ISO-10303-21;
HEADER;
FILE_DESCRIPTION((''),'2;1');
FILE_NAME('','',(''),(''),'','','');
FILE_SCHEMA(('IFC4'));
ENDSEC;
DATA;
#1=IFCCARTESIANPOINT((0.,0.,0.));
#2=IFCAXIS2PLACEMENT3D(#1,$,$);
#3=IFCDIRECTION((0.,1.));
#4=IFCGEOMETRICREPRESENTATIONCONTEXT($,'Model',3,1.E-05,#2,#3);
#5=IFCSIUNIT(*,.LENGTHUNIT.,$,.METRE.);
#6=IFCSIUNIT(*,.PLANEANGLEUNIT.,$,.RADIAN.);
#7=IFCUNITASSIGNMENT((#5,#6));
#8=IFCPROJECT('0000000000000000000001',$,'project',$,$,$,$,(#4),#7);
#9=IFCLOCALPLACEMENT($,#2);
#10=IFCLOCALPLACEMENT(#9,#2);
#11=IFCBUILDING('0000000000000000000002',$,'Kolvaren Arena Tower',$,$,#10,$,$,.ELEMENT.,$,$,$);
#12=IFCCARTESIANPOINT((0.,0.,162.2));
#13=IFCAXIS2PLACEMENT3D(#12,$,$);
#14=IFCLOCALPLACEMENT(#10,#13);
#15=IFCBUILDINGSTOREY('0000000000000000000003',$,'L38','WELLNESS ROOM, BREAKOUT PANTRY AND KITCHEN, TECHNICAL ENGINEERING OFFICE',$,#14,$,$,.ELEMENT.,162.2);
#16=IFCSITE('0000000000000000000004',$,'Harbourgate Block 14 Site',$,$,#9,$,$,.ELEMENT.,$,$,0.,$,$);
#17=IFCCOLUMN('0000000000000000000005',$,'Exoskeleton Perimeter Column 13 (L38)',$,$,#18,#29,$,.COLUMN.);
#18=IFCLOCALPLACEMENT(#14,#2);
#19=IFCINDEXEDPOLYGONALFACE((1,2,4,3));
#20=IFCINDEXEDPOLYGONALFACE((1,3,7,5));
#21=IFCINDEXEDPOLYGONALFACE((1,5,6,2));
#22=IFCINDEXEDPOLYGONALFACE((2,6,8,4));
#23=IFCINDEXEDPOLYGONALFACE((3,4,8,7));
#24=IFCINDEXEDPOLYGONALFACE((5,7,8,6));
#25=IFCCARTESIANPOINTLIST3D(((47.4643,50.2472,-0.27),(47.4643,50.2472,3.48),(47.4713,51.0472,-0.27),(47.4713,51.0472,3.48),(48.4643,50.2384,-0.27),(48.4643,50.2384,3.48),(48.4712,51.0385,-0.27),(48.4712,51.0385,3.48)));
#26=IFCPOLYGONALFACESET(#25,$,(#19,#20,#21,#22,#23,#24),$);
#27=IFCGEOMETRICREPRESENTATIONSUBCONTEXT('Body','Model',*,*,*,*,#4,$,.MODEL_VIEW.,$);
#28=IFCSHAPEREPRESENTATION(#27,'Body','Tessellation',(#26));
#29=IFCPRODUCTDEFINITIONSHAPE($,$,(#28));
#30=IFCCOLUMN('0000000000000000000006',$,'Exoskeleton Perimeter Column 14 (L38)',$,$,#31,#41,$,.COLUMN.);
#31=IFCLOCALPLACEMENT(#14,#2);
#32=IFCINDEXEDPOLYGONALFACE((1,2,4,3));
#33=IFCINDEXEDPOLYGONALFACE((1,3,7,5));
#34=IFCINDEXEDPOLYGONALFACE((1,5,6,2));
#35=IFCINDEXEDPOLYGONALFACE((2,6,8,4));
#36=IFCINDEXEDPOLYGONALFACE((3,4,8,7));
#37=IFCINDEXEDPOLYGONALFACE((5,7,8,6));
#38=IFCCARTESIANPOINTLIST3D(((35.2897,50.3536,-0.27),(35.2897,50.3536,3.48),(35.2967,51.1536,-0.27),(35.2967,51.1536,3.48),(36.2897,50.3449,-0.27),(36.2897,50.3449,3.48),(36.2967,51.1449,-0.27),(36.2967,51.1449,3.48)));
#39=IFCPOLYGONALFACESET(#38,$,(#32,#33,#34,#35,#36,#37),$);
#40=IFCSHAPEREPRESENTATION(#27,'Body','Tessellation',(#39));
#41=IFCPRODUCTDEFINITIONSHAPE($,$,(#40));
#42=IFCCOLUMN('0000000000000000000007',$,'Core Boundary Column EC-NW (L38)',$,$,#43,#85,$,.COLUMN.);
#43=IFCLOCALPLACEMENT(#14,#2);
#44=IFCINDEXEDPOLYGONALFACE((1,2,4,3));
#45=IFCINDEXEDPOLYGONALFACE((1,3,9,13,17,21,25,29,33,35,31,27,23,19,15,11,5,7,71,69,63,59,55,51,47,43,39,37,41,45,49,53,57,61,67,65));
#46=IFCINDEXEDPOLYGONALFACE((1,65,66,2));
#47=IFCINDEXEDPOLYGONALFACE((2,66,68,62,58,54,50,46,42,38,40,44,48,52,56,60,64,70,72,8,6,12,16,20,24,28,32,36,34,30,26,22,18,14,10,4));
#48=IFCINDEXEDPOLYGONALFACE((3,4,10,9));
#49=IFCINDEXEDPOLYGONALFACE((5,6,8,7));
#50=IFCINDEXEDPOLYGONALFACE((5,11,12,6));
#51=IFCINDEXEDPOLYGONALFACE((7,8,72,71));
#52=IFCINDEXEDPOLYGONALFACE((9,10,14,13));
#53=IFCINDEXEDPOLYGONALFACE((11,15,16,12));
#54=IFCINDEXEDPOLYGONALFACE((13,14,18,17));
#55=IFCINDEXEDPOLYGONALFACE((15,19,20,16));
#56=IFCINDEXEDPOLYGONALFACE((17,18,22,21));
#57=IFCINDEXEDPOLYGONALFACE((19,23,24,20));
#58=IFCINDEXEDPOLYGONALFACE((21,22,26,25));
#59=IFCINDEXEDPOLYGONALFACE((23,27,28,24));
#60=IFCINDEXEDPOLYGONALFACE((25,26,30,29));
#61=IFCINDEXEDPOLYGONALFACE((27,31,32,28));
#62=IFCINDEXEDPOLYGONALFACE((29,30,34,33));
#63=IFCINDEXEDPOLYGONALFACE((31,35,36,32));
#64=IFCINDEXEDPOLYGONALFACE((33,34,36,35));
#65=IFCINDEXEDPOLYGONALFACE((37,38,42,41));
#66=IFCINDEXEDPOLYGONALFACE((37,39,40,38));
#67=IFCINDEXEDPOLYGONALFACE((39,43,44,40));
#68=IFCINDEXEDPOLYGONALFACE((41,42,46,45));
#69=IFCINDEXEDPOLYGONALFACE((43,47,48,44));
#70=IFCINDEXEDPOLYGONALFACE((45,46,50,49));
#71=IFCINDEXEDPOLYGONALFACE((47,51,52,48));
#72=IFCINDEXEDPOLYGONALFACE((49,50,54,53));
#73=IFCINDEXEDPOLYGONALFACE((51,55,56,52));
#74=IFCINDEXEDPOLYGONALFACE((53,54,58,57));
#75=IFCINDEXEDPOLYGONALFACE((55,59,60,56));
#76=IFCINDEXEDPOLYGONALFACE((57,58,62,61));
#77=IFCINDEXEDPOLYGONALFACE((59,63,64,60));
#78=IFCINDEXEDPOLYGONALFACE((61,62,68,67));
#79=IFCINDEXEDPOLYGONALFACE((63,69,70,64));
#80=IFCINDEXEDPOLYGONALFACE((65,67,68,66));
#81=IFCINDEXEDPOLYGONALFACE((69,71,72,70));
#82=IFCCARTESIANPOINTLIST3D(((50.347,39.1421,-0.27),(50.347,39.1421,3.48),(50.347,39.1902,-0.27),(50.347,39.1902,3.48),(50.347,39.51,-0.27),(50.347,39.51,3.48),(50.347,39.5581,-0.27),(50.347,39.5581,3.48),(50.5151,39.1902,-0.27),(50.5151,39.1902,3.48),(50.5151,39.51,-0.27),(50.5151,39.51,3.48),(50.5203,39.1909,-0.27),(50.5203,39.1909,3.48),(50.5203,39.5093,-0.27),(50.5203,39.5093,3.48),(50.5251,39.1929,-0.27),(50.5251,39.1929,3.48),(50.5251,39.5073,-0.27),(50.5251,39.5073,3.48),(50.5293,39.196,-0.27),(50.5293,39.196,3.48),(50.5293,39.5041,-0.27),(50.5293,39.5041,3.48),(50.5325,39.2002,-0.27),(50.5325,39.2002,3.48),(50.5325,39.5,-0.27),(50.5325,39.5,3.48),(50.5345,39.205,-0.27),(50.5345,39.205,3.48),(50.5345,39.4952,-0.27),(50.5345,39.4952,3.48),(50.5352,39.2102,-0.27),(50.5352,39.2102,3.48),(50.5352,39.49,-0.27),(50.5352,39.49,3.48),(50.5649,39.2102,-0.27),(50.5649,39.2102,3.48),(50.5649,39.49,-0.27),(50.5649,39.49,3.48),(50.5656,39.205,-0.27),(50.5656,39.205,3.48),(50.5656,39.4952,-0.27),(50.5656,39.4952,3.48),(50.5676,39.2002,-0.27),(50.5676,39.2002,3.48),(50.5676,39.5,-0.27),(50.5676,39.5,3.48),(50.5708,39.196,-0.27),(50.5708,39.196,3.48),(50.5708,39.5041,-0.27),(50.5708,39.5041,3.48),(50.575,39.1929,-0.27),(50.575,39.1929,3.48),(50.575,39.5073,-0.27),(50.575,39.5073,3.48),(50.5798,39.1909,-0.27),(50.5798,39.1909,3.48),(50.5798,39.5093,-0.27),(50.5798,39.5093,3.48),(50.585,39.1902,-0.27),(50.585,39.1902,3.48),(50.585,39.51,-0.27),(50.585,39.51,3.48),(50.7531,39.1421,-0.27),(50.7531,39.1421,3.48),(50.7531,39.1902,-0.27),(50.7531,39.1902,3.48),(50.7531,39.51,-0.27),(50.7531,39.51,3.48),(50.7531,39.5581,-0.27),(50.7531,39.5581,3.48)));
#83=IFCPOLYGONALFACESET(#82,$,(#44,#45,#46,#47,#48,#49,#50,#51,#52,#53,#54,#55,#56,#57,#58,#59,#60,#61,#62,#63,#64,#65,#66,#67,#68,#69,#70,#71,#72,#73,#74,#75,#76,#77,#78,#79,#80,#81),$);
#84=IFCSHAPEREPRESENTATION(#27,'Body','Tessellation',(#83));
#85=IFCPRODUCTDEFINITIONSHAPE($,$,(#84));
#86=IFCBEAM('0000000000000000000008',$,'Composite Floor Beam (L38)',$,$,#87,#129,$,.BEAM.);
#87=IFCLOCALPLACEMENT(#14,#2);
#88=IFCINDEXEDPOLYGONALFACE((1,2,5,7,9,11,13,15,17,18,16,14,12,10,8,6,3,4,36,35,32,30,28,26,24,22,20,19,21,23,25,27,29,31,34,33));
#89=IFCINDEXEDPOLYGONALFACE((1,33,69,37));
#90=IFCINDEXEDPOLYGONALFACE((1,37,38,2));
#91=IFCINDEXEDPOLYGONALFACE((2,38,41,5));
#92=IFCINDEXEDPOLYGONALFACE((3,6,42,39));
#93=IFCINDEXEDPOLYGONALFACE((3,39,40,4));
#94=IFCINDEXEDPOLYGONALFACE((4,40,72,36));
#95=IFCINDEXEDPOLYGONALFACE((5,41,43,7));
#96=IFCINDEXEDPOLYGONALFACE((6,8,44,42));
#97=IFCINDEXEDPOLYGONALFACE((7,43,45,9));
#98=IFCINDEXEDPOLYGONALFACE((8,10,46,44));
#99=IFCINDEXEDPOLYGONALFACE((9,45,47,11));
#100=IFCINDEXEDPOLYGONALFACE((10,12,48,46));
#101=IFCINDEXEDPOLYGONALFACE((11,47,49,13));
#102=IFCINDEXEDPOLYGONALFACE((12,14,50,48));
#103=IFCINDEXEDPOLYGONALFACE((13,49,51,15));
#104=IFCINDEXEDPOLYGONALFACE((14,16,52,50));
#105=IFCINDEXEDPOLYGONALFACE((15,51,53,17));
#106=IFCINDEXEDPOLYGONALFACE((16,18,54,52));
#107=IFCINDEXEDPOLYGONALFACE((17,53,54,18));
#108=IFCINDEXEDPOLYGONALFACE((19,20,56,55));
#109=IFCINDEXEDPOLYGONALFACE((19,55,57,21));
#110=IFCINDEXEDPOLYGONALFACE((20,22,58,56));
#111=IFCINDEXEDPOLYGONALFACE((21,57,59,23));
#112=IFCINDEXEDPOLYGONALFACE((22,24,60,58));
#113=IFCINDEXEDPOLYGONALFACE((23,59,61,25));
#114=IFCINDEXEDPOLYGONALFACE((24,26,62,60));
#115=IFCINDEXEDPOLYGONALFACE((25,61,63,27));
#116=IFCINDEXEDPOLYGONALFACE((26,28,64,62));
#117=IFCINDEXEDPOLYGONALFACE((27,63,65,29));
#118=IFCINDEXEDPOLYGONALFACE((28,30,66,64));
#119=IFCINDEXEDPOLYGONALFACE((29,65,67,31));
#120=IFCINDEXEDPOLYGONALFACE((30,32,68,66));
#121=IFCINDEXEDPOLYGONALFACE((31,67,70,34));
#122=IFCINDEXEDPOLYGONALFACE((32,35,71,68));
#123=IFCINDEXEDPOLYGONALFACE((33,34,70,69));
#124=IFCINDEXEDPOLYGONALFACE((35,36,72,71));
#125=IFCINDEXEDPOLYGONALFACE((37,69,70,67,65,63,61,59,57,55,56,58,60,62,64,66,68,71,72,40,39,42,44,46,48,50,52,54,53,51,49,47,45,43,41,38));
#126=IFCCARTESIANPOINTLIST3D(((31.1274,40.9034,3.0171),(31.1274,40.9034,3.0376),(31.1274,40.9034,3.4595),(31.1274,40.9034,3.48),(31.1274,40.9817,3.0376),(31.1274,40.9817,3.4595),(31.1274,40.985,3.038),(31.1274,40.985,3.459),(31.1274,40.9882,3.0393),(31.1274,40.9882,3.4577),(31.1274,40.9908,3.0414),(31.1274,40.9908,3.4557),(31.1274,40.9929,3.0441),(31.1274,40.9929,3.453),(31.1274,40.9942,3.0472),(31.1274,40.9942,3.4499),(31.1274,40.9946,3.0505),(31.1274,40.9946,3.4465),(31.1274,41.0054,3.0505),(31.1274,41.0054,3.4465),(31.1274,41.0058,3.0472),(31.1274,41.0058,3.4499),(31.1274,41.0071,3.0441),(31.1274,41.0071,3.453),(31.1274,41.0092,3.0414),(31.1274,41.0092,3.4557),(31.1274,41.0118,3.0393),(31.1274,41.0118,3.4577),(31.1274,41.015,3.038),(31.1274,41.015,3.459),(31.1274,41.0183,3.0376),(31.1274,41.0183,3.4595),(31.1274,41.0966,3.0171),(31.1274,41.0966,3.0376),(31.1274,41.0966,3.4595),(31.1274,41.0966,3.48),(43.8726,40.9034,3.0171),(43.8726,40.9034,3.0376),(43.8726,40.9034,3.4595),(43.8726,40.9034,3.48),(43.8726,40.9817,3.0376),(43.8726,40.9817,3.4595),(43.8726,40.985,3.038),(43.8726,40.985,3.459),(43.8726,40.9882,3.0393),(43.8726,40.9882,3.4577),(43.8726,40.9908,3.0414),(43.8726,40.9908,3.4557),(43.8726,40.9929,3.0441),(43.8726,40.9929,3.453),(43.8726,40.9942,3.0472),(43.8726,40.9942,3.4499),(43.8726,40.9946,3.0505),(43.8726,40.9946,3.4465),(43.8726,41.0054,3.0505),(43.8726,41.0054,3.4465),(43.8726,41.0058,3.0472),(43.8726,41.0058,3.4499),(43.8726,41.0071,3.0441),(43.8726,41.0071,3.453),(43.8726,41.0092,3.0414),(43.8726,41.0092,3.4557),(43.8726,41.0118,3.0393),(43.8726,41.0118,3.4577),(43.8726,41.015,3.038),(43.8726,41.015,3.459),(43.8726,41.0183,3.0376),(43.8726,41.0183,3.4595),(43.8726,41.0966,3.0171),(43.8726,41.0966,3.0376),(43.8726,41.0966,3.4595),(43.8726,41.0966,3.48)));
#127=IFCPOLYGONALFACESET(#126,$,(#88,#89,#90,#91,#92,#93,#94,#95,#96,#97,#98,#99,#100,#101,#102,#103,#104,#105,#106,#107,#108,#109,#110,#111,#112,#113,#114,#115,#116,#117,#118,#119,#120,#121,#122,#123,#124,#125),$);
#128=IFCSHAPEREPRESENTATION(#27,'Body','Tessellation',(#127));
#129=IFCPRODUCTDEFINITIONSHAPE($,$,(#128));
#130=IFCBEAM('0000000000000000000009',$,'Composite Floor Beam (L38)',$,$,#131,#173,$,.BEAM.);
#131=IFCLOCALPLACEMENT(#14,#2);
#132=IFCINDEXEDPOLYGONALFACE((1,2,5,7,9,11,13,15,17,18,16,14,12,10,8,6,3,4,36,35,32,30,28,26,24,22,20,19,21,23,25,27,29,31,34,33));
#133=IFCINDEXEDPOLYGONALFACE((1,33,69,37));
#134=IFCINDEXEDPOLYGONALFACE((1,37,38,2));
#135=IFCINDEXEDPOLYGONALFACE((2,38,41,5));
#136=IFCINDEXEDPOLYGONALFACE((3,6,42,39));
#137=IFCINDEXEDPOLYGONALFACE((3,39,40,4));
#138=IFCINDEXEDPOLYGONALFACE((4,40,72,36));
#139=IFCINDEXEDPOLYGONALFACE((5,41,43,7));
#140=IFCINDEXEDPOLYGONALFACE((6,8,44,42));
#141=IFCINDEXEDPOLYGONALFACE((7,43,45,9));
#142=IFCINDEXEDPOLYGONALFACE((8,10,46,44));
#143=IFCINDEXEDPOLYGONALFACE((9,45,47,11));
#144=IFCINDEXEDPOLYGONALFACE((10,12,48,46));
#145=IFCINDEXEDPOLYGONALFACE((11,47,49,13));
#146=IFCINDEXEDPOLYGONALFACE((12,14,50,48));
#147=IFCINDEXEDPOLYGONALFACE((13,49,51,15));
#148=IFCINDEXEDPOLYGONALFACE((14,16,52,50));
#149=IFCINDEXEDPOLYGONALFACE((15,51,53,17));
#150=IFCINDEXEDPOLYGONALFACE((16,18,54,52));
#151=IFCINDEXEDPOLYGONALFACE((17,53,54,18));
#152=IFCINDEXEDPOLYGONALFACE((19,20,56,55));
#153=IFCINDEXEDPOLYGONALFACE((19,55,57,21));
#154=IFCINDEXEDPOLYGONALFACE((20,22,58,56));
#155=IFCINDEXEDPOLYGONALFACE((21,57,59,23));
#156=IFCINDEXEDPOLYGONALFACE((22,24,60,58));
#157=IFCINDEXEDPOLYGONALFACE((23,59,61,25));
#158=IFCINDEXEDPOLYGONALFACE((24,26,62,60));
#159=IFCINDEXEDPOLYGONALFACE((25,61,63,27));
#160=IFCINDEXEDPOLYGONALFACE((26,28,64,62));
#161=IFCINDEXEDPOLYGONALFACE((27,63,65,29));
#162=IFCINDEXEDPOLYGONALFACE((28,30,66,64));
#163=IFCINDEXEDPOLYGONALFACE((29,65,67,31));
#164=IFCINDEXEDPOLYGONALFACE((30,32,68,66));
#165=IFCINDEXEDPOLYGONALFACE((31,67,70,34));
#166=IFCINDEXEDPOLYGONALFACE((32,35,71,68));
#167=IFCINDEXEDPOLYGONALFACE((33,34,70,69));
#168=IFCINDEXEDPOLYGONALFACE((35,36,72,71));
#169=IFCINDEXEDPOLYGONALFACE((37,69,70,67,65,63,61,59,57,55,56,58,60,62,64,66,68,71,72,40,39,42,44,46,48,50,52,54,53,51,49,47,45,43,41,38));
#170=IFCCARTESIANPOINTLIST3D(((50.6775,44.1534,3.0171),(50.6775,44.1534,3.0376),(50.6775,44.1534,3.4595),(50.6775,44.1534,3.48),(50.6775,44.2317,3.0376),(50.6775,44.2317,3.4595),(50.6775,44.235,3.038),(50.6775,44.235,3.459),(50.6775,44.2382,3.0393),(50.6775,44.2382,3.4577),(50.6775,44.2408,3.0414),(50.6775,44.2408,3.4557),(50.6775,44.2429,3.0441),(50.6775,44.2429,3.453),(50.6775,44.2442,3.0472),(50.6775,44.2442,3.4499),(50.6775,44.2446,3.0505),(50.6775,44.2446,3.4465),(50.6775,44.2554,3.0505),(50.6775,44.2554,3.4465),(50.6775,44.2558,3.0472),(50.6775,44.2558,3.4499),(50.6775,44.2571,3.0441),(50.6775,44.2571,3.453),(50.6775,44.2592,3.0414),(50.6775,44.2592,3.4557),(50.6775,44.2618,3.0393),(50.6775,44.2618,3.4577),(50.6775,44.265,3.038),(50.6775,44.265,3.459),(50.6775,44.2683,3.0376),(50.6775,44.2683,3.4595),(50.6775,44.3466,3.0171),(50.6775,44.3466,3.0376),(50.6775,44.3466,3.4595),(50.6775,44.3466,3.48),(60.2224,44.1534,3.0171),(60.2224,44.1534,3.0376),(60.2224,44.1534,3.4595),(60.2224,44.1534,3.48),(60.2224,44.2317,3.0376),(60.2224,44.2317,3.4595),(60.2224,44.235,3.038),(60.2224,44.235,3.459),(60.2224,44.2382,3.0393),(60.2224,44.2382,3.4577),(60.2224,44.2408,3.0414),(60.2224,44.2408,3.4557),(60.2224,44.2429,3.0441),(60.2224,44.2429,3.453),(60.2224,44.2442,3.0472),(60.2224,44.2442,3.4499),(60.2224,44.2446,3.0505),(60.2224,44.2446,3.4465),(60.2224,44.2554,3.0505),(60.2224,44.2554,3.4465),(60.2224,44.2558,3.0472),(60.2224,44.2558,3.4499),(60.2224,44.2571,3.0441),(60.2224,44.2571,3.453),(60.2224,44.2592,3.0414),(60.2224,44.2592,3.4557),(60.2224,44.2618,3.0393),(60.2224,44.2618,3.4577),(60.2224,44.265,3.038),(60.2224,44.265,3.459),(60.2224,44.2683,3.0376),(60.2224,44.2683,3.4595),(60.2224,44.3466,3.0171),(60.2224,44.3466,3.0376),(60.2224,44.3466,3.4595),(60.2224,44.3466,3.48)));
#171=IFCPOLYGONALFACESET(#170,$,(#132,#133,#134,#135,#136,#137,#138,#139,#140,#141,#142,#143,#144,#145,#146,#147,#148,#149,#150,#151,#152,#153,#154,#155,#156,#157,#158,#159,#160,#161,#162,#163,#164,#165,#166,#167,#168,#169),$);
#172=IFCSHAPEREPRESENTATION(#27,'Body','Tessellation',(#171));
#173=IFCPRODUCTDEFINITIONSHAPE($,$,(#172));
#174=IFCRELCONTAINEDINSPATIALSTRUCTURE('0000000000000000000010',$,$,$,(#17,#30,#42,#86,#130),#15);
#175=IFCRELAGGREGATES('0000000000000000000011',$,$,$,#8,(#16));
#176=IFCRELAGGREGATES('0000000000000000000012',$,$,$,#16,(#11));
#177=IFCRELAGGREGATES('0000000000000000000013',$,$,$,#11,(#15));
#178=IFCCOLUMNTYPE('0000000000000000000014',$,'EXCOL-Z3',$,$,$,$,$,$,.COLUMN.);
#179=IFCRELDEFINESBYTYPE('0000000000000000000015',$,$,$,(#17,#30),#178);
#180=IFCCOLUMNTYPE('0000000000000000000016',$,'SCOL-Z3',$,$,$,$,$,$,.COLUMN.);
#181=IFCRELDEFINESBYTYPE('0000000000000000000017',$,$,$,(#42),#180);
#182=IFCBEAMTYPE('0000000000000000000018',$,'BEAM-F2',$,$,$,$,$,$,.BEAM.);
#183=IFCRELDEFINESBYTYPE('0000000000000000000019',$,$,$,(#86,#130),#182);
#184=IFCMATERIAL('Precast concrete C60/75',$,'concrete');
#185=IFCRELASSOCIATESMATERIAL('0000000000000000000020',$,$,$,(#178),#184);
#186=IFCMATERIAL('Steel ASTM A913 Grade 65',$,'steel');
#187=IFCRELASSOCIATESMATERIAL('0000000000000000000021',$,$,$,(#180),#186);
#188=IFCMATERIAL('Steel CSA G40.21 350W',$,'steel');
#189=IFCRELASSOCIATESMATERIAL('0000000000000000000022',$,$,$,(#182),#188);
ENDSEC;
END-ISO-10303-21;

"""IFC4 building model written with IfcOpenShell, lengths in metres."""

from ifc_helpers import new_model, si_unit, direction, frame, origin, origin_2d, place, context, subcontext, project, spatial, rectangle, i_section, extrude, material, material_profile, profile_set, type_object, element, save


model = new_model("IFC4")

# Units and contexts
model_context = context("Model", 3, precision=1e-05, world=origin(), true_north=direction((0.0, 1.0)))
body_context = subcontext(model_context, "Body", "Model", "MODEL_VIEW")
ifc_project = project(units=[si_unit("LENGTHUNIT", "METRE"), si_unit("PLANEANGLEUNIT", "RADIAN")], contexts=[model_context])

# Site, building, storey
site_placement = place(None, origin())
site = spatial("IfcSite", under=ifc_project, at=site_placement, Name="Harbourgate Block 14 Site", CompositionType="ELEMENT", RefElevation=0.0)
building_placement = place(site_placement, origin())
building = spatial("IfcBuilding", under=site, at=building_placement, Name="Kolvaren Arena Tower", CompositionType="ELEMENT")
storey_placement = place(building_placement, frame((0.0, 0.0, 162.2)))
storey = spatial("IfcBuildingStorey", under=building, at=storey_placement, Name="L38", Description="WELLNESS ROOM, BREAKOUT PANTRY AND KITCHEN, TECHNICAL ENGINEERING OFFICE", CompositionType="ELEMENT", Elevation=162.2)

# Columns
ifc_material_1 = material(Name="Precast concrete C60/75", Category="concrete")
ifc_material_profile_1 = material_profile(ifc_material_1, rectangle(XDim=1.0, YDim=0.8, at=origin_2d()), Name="RC-1000x800")
ifc_profile_set_1 = profile_set([ifc_material_profile_1], Name="Precast concrete C60/75")
column_type_1 = type_object("IfcColumnType", Name="EXCOL-Z3", PredefinedType="COLUMN", material=ifc_profile_set_1)
for number, where, z_axis, x_axis, name in (
    (1, (47.9678, 50.6428, -0.27), (0.0, 0.0, 1.0), (0.999962, -0.008727, 0.0), "Exoskeleton Perimeter Column 13 (L38)"),
    (2, (35.7932, 50.7493, -0.27), (0.0, 0.0, 1.0), (0.999962, -0.008727, 0.0), "Exoskeleton Perimeter Column 14 (L38)"),
):
    element("IfcColumn", number, at=place(storey_placement, frame(where, z_axis=z_axis, x_axis=x_axis)), inside=storey, type_object=column_type_1, Name=name, PredefinedType="COLUMN", context=body_context, shape_type="SweptSolid", body=[
        extrude(rectangle(XDim=1.0, YDim=0.8, at=origin_2d()), origin(), (0.0, 0.0, 1.0), 3.75),
    ])
ifc_material_2 = material(Name="Steel ASTM A913 Grade 65", Category="steel")
ifc_material_profile_2 = material_profile(ifc_material_2, i_section(OverallWidth=0.406, OverallDepth=0.416, WebThickness=0.0298, FlangeThickness=0.0481, FilletRadius=0.02, at=origin_2d()), Name="W360x382")
ifc_profile_set_2 = profile_set([ifc_material_profile_2], Name="Steel ASTM A913 Grade 65")
column_type_2 = type_object("IfcColumnType", Name="SCOL-Z3", PredefinedType="COLUMN", material=ifc_profile_set_2)
column_placement = place(storey_placement, frame((50.55, 39.3501, -0.27), z_axis=(0.0, 0.0, 1.0), x_axis=(1.0, 0.0, 0.0)))
element("IfcColumn", 3, at=column_placement, inside=storey, type_object=column_type_2, Name="Core Boundary Column EC-NW (L38)", PredefinedType="COLUMN", context=body_context, shape_type="SweptSolid", body=[
    extrude(i_section(OverallWidth=0.406, OverallDepth=0.416, WebThickness=0.0298, FlangeThickness=0.0481, FilletRadius=0.02, at=origin_2d()), origin(), (0.0, 0.0, 1.0), 3.75),
])

# Beams
ifc_material_3 = material(Name="Steel CSA G40.21 350W", Category="steel")
ifc_material_profile_3 = material_profile(ifc_material_3, i_section(OverallWidth=0.1931, OverallDepth=0.4629, WebThickness=0.0107, FlangeThickness=0.0205, FilletRadius=0.0129, at=origin_2d()), Name="W460x113")
ifc_profile_set_3 = profile_set([ifc_material_profile_3], Name="Steel CSA G40.21 350W")
beam_type_1 = type_object("IfcBeamType", Name="BEAM-F2", PredefinedType="BEAM", material=ifc_profile_set_3)
beam_1_placement = place(storey_placement, frame((31.1274, 41.0, 3.2485), z_axis=(1.0, 0.0, 0.0), x_axis=(0.0, 1.0, 0.0)))
element("IfcBeam", 4, at=beam_1_placement, inside=storey, type_object=beam_type_1, Name="Composite Floor Beam (L38)", PredefinedType="BEAM", context=body_context, shape_type="SweptSolid", body=[
    extrude(i_section(OverallWidth=0.1931, OverallDepth=0.4629, WebThickness=0.0107, FlangeThickness=0.0205, FilletRadius=0.0129, at=origin_2d()), origin(), (0.0, 0.0, 1.0), 12.7451),
])
beam_2_placement = place(storey_placement, frame((50.6775, 44.25, 3.2485), z_axis=(1.0, 0.0, 0.0), x_axis=(0.0, 1.0, 0.0)))
element("IfcBeam", 5, at=beam_2_placement, inside=storey, type_object=beam_type_1, Name="Composite Floor Beam (L38)", PredefinedType="BEAM", context=body_context, shape_type="SweptSolid", body=[
    extrude(i_section(OverallWidth=0.1931, OverallDepth=0.4629, WebThickness=0.0107, FlangeThickness=0.0205, FilletRadius=0.0129, at=origin_2d()), origin(), (0.0, 0.0, 1.0), 9.5449),
])

save(model, "model.ifc")
